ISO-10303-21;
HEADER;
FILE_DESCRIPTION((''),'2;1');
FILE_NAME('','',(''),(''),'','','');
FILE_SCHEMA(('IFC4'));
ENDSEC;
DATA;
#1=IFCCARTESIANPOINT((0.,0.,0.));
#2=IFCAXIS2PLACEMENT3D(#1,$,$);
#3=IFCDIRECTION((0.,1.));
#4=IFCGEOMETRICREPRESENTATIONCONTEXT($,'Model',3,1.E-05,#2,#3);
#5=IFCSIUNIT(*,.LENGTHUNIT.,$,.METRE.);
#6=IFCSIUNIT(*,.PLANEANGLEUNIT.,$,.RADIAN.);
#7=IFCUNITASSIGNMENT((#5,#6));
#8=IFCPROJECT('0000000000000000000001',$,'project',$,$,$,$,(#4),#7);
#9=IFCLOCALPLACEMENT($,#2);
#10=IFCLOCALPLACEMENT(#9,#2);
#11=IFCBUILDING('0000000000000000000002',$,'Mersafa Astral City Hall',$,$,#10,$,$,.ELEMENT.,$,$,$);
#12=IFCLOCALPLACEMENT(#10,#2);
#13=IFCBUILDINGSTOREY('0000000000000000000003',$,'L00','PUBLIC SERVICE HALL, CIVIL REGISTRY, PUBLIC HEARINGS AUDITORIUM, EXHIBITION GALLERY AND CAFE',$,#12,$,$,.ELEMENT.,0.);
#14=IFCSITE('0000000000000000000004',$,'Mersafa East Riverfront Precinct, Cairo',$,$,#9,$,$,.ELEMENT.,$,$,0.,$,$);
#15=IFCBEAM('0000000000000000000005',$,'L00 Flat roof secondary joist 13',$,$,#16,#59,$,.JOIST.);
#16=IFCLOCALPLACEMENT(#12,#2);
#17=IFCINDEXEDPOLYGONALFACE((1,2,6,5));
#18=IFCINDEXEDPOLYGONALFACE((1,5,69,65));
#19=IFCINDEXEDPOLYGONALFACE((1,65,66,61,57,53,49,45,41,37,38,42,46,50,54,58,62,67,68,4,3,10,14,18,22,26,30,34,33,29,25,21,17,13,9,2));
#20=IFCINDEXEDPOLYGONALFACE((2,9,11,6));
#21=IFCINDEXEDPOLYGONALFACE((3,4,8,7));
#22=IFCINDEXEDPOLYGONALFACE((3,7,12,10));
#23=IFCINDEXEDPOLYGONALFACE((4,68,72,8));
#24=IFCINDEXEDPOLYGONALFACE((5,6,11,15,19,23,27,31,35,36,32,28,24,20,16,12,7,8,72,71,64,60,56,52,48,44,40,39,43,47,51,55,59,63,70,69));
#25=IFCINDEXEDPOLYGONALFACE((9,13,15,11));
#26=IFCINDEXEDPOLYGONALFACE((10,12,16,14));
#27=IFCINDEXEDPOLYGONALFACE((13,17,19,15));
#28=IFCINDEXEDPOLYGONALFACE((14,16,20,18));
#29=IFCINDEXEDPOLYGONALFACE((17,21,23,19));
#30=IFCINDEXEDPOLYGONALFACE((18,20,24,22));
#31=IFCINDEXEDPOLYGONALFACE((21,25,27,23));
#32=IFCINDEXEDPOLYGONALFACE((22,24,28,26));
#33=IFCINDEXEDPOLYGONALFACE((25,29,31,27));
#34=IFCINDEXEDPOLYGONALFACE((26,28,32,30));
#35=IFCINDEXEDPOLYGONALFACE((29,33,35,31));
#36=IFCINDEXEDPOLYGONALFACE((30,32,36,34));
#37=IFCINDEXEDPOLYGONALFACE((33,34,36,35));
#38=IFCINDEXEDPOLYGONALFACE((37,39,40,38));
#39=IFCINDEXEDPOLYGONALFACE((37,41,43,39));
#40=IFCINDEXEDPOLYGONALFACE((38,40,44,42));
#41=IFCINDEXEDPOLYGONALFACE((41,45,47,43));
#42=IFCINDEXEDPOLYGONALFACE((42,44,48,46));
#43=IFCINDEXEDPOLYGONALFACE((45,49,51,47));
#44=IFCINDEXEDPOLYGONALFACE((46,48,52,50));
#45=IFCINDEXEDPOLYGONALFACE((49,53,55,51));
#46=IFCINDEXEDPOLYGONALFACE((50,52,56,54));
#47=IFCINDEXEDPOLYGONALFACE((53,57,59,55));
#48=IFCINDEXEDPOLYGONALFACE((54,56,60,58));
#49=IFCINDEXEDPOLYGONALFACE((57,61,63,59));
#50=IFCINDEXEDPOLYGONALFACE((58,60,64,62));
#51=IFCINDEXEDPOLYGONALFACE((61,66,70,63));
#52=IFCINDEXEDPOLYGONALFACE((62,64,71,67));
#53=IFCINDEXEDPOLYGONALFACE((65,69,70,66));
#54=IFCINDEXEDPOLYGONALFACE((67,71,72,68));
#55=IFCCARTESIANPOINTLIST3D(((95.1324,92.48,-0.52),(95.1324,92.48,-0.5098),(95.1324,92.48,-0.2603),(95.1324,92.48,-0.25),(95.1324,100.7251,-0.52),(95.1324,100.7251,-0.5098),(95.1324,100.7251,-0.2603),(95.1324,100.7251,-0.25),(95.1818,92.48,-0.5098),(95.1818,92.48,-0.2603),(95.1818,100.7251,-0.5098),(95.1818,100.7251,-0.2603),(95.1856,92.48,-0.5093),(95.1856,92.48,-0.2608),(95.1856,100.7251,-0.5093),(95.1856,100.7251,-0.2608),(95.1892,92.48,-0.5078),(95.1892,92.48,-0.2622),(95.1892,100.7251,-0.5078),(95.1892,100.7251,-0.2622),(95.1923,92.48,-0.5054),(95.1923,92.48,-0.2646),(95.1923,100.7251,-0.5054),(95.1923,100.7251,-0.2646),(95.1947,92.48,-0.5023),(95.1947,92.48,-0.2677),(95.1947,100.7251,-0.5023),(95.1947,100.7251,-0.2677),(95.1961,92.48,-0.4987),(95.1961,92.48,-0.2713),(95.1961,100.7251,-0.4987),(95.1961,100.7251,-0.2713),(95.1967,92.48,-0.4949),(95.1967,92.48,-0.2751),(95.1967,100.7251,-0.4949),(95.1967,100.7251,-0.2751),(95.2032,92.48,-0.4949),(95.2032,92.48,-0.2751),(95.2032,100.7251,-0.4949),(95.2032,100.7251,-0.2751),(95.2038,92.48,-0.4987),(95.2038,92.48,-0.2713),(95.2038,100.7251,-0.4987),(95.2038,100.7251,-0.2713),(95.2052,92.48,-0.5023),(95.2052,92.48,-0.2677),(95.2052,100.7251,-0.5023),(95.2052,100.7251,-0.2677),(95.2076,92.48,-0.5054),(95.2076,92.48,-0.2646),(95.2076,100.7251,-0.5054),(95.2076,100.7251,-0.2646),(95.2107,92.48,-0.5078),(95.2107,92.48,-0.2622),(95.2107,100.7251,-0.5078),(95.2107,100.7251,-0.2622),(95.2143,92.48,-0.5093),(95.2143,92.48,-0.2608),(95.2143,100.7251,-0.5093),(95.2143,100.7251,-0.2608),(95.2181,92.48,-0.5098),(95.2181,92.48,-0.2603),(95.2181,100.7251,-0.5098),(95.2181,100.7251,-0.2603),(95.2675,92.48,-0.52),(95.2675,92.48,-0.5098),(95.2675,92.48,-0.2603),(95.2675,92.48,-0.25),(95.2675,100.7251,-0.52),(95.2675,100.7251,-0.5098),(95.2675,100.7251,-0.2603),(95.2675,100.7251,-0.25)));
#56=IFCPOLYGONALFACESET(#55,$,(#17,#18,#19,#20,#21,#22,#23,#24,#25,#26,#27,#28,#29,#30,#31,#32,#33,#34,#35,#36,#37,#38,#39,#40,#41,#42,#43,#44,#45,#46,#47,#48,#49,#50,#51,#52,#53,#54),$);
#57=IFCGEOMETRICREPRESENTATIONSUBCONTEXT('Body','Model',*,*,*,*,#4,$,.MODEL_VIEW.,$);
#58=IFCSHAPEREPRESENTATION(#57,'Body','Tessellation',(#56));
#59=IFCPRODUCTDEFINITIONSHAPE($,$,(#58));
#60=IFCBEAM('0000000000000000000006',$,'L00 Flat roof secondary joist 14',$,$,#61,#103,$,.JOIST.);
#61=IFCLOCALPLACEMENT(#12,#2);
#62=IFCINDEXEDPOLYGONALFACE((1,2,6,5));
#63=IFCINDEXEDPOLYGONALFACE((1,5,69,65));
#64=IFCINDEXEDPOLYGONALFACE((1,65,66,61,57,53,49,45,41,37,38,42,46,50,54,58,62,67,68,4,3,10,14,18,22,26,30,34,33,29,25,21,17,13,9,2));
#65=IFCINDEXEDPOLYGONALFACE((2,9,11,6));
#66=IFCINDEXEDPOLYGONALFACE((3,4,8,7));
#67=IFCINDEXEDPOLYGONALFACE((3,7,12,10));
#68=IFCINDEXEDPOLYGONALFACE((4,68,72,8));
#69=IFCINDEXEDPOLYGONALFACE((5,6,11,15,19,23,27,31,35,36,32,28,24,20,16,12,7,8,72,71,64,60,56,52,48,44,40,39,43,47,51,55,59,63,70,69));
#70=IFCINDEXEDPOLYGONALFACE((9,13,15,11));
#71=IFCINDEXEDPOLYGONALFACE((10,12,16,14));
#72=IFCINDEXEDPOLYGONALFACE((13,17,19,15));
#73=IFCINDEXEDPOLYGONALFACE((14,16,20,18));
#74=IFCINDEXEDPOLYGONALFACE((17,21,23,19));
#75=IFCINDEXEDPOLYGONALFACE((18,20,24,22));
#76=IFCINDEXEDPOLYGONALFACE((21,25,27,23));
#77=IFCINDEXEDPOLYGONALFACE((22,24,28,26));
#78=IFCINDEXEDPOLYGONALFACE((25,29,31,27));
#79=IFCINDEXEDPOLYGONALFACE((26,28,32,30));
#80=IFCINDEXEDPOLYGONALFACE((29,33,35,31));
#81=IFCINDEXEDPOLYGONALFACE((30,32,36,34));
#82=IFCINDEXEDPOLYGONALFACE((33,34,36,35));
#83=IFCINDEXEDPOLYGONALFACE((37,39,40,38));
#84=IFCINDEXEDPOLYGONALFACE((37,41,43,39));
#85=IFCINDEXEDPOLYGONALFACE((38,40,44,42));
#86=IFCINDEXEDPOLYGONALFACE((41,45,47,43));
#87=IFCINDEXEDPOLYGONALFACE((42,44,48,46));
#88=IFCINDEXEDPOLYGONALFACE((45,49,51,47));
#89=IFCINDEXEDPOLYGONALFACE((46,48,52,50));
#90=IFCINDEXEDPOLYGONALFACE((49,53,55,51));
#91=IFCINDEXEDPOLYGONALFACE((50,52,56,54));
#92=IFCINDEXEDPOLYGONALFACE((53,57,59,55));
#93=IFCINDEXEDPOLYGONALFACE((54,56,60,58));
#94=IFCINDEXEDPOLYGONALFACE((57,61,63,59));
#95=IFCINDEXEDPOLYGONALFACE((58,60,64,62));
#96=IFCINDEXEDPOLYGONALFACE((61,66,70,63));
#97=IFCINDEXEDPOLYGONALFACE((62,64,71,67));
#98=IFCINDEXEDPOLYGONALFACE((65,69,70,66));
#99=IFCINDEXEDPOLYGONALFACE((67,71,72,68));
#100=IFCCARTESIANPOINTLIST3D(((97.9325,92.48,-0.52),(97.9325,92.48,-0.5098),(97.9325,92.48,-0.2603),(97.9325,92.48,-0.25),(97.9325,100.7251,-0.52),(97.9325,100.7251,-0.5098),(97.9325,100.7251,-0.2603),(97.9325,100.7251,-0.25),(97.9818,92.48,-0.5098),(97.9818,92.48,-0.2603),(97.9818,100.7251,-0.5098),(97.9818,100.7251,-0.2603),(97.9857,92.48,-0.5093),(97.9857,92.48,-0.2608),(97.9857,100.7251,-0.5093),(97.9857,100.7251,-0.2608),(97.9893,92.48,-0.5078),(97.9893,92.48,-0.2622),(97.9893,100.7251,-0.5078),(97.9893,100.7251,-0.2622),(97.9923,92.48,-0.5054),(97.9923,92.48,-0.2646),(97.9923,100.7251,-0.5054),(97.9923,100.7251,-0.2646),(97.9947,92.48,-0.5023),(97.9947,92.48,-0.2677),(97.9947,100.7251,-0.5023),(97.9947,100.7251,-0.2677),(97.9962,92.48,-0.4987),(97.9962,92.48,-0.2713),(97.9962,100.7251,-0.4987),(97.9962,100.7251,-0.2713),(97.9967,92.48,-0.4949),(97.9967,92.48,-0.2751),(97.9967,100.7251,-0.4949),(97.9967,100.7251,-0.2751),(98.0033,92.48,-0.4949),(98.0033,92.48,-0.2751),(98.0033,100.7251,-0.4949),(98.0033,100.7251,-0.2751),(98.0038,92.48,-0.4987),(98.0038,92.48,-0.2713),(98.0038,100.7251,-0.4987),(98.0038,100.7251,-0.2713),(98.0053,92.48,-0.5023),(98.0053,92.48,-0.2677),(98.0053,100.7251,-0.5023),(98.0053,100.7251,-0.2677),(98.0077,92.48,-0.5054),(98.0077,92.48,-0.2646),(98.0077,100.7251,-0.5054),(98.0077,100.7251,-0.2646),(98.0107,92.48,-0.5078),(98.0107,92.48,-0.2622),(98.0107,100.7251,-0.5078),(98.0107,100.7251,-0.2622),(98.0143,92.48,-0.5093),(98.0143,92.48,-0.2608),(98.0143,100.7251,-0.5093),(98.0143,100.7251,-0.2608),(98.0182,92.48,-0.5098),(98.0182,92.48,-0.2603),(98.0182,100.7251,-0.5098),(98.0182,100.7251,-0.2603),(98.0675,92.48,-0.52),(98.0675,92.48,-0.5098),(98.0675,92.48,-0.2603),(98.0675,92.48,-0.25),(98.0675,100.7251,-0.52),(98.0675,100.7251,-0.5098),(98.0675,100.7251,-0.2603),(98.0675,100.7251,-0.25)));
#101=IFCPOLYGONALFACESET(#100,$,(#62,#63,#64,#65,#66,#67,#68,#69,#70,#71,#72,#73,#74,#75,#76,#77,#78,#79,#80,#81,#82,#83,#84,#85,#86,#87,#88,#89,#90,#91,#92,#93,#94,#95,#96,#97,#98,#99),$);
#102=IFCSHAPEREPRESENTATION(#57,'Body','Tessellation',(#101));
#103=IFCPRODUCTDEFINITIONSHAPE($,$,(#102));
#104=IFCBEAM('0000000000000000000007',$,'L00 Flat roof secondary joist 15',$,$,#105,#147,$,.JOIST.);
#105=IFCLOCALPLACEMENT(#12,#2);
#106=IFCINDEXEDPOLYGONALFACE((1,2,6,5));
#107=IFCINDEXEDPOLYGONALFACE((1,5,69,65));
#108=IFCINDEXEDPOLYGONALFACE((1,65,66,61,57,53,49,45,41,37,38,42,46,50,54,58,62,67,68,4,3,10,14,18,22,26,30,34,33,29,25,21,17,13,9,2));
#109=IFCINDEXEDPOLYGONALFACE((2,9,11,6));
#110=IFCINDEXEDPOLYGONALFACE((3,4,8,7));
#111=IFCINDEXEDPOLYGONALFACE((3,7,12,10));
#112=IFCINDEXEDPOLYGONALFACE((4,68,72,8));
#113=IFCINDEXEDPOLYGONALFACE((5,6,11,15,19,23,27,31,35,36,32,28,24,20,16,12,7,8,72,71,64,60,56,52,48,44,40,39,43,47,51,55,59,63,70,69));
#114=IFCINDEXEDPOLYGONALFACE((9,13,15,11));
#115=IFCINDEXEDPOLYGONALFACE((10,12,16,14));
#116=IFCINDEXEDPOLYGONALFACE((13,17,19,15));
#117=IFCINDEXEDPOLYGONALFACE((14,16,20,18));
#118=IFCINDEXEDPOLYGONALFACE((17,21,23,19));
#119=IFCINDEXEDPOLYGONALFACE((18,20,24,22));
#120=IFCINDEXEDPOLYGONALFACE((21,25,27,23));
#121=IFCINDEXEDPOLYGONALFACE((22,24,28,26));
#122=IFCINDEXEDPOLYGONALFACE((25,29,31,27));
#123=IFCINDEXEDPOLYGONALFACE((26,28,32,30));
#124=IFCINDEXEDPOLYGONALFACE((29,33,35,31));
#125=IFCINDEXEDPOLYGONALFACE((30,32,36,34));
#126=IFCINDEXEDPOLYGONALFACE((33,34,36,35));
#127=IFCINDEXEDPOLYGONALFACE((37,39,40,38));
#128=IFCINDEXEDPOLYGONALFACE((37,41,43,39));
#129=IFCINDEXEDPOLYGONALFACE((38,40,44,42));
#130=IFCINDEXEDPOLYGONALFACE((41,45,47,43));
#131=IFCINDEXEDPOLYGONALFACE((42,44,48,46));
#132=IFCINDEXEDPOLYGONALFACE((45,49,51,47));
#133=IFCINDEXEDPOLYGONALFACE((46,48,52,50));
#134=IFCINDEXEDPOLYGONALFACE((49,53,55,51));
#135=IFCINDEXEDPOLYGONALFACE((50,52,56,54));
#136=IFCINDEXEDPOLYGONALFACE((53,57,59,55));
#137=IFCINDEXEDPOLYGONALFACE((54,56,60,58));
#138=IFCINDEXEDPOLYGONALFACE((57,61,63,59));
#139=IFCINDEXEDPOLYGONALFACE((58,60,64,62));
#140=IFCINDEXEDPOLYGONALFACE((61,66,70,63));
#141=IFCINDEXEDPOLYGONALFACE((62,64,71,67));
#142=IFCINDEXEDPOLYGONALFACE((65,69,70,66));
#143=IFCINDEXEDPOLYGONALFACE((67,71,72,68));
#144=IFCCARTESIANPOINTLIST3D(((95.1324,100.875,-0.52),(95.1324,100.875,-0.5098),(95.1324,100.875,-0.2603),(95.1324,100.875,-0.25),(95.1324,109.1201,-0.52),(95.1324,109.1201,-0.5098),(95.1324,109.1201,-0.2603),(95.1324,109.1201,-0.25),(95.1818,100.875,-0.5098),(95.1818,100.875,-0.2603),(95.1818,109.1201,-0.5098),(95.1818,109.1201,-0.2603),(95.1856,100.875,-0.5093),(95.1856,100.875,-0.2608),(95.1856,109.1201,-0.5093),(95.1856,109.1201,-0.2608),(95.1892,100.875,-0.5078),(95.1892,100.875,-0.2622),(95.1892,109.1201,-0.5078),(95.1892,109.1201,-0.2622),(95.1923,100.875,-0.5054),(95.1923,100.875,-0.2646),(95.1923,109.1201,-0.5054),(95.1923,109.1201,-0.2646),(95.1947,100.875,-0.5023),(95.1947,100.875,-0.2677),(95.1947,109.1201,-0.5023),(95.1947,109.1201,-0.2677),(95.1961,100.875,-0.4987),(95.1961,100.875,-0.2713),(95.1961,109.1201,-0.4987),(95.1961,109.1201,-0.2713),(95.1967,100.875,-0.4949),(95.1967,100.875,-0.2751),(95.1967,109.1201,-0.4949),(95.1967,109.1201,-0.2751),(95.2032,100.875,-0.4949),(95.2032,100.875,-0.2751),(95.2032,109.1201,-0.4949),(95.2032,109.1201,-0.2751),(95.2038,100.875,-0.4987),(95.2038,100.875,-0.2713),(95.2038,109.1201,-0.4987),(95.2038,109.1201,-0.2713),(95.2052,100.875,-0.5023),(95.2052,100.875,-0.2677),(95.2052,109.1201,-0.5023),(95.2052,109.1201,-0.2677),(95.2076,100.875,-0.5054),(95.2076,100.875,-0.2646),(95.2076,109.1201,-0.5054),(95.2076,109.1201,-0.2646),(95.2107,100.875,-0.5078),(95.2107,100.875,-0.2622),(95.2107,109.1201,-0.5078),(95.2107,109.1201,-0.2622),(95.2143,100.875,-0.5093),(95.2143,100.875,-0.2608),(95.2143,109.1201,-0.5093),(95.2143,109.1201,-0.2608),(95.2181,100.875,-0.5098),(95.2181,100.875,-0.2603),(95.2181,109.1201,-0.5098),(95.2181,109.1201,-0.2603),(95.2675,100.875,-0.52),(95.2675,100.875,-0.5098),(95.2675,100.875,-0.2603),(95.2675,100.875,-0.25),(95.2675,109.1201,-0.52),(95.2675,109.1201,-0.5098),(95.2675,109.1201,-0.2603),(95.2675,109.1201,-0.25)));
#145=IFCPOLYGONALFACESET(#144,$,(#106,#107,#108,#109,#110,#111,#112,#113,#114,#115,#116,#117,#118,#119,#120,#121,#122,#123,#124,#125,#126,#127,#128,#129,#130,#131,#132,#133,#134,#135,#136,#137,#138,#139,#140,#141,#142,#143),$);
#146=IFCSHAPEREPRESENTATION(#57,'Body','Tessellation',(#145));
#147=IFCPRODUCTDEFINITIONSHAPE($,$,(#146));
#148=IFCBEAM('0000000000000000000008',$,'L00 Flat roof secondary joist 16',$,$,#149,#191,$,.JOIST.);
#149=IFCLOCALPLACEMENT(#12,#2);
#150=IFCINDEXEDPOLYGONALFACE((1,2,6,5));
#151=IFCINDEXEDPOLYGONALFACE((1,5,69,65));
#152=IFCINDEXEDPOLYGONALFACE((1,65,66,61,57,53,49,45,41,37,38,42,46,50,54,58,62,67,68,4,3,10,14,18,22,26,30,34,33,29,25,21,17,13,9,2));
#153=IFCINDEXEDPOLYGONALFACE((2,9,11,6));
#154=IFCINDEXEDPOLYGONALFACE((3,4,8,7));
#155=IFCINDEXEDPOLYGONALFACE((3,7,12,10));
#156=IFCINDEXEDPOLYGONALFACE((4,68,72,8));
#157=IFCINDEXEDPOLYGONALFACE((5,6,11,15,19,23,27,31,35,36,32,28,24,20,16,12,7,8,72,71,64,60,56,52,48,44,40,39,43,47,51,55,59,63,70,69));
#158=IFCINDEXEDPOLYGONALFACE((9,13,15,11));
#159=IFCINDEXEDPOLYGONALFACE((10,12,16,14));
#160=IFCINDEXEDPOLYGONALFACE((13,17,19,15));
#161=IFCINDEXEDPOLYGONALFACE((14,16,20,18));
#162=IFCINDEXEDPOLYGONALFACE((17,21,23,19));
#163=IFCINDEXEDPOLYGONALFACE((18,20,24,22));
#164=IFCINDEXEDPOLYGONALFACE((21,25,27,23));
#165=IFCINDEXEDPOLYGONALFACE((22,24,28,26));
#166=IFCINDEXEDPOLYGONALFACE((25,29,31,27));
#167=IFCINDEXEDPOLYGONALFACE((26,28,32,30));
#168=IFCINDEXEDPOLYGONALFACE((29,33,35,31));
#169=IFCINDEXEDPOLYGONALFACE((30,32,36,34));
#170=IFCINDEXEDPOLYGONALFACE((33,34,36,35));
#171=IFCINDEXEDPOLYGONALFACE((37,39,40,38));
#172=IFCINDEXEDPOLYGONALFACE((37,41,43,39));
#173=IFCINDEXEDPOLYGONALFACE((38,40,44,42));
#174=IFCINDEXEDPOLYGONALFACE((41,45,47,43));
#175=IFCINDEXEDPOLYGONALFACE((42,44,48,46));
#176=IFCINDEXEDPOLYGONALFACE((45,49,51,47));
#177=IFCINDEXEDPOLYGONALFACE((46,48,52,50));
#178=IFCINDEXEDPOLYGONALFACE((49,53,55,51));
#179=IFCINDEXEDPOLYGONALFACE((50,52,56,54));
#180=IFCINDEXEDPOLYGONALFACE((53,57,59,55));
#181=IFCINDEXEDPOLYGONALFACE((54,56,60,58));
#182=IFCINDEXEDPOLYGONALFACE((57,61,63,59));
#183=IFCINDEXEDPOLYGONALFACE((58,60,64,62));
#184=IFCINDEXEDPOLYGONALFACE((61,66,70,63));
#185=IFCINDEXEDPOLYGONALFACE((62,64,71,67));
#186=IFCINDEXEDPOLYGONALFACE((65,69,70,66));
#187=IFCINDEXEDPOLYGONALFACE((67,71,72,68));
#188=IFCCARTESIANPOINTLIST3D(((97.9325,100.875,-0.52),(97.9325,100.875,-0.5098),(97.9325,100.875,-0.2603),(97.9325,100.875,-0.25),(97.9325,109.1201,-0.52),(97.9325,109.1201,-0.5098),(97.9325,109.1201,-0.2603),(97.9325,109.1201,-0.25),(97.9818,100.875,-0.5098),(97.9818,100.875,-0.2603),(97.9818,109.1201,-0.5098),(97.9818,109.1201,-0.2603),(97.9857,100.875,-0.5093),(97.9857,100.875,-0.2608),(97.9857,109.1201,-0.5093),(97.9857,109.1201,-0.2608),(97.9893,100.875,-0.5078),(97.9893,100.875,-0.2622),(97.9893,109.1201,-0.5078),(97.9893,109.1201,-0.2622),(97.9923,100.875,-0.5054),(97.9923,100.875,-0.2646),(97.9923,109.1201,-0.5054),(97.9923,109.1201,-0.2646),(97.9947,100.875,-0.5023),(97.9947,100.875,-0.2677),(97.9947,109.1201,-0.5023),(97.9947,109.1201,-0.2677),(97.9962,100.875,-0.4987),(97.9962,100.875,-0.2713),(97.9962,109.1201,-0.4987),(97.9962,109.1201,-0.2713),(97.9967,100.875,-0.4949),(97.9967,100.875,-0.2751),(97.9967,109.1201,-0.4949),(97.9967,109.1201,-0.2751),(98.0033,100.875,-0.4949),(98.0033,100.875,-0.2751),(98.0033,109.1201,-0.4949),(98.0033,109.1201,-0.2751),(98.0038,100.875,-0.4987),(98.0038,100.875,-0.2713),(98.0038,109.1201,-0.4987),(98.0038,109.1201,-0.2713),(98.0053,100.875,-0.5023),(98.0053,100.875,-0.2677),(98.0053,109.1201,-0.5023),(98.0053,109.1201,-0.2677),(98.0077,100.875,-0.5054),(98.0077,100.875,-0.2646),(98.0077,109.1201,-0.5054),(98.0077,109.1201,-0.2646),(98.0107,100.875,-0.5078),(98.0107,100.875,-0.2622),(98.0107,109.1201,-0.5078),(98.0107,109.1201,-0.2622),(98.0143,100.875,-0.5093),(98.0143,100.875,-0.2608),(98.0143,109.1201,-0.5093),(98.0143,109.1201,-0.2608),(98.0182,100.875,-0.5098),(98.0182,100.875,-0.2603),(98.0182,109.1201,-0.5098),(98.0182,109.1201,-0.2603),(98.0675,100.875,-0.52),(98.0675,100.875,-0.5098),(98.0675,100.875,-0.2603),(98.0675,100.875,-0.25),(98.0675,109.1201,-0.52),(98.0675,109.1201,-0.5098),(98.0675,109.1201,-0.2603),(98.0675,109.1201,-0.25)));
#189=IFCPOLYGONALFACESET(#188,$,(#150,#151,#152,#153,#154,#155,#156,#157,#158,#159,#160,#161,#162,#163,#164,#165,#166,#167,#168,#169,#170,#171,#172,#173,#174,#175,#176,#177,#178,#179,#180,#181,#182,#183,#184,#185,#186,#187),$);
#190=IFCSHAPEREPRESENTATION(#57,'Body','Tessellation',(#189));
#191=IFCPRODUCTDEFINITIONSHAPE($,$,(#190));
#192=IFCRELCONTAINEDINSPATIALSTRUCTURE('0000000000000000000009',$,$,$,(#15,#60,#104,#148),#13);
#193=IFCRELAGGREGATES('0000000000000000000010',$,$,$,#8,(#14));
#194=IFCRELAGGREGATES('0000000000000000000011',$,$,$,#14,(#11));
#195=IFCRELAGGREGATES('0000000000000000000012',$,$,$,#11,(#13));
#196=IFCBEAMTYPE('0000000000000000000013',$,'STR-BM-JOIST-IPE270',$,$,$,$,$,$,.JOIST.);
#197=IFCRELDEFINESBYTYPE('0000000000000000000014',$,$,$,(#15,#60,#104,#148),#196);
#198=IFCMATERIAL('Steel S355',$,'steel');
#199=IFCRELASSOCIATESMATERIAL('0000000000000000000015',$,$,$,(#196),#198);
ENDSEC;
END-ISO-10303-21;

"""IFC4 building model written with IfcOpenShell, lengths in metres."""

from ifc_helpers import new_model, si_unit, direction, frame, origin, origin_2d, place, context, subcontext, project, spatial, i_section, extrude, material, material_profile, profile_set, type_object, element, save


model = new_model("IFC4")

# Units and contexts
model_context = context("Model", 3, precision=1e-05, world=origin(), true_north=direction((0.0, 1.0)))
body_context = subcontext(model_context, "Body", "Model", "MODEL_VIEW")
ifc_project = project(units=[si_unit("LENGTHUNIT", "METRE"), si_unit("PLANEANGLEUNIT", "RADIAN")], contexts=[model_context])

# Site, building, storey
site_placement = place(None, origin())
site = spatial("IfcSite", under=ifc_project, at=site_placement, Name="Mersafa East Riverfront Precinct, Cairo", CompositionType="ELEMENT", RefElevation=0.0)
building_placement = place(site_placement, origin())
building = spatial("IfcBuilding", under=site, at=building_placement, Name="Mersafa Astral City Hall", CompositionType="ELEMENT")
storey_placement = place(building_placement, origin())
storey = spatial("IfcBuildingStorey", under=building, at=storey_placement, Name="L00", Description="PUBLIC SERVICE HALL, CIVIL REGISTRY, PUBLIC HEARINGS AUDITORIUM, EXHIBITION GALLERY AND CAFE", CompositionType="ELEMENT", Elevation=0.0)

# Shared definitions
ifc_material_1 = material(Name="Steel S355", Category="steel")

# Beams
ifc_material_profile_1 = material_profile(ifc_material_1, i_section(OverallWidth=0.135, OverallDepth=0.27, WebThickness=0.0066, FlangeThickness=0.0103, FilletRadius=0.0149, at=origin_2d()), Name="IPE 270")
ifc_profile_set_1 = profile_set([ifc_material_profile_1], Name="Steel S355")
beam_type_1 = type_object("IfcBeamType", Name="STR-BM-JOIST-IPE270", PredefinedType="JOIST", material=ifc_profile_set_1)
for number, where, z_axis, x_axis, name in (
    (1, (95.2, 92.48, -0.385), (0.0, 1.0, 0.0), (-1.0, 0.0, 0.0), "L00 Flat roof secondary joist 13"),
    (2, (98.0, 92.48, -0.385), (0.0, 1.0, 0.0), (-1.0, 0.0, 0.0), "L00 Flat roof secondary joist 14"),
    (3, (95.2, 100.875, -0.385), (0.0, 1.0, 0.0), (-1.0, 0.0, 0.0), "L00 Flat roof secondary joist 15"),
    (4, (98.0, 100.875, -0.385), (0.0, 1.0, 0.0), (-1.0, 0.0, 0.0), "L00 Flat roof secondary joist 16"),
):
    element("IfcBeam", number, at=place(storey_placement, frame(where, z_axis=z_axis, x_axis=x_axis)), inside=storey, type_object=beam_type_1, Name=name, PredefinedType="JOIST", context=body_context, shape_type="SweptSolid", body=[
        extrude(i_section(OverallWidth=0.135, OverallDepth=0.27, WebThickness=0.0066, FlangeThickness=0.0103, FilletRadius=0.0149, at=origin_2d()), origin(), (0.0, 0.0, 1.0), 8.2451),
    ])

save(model, "model.ifc")
